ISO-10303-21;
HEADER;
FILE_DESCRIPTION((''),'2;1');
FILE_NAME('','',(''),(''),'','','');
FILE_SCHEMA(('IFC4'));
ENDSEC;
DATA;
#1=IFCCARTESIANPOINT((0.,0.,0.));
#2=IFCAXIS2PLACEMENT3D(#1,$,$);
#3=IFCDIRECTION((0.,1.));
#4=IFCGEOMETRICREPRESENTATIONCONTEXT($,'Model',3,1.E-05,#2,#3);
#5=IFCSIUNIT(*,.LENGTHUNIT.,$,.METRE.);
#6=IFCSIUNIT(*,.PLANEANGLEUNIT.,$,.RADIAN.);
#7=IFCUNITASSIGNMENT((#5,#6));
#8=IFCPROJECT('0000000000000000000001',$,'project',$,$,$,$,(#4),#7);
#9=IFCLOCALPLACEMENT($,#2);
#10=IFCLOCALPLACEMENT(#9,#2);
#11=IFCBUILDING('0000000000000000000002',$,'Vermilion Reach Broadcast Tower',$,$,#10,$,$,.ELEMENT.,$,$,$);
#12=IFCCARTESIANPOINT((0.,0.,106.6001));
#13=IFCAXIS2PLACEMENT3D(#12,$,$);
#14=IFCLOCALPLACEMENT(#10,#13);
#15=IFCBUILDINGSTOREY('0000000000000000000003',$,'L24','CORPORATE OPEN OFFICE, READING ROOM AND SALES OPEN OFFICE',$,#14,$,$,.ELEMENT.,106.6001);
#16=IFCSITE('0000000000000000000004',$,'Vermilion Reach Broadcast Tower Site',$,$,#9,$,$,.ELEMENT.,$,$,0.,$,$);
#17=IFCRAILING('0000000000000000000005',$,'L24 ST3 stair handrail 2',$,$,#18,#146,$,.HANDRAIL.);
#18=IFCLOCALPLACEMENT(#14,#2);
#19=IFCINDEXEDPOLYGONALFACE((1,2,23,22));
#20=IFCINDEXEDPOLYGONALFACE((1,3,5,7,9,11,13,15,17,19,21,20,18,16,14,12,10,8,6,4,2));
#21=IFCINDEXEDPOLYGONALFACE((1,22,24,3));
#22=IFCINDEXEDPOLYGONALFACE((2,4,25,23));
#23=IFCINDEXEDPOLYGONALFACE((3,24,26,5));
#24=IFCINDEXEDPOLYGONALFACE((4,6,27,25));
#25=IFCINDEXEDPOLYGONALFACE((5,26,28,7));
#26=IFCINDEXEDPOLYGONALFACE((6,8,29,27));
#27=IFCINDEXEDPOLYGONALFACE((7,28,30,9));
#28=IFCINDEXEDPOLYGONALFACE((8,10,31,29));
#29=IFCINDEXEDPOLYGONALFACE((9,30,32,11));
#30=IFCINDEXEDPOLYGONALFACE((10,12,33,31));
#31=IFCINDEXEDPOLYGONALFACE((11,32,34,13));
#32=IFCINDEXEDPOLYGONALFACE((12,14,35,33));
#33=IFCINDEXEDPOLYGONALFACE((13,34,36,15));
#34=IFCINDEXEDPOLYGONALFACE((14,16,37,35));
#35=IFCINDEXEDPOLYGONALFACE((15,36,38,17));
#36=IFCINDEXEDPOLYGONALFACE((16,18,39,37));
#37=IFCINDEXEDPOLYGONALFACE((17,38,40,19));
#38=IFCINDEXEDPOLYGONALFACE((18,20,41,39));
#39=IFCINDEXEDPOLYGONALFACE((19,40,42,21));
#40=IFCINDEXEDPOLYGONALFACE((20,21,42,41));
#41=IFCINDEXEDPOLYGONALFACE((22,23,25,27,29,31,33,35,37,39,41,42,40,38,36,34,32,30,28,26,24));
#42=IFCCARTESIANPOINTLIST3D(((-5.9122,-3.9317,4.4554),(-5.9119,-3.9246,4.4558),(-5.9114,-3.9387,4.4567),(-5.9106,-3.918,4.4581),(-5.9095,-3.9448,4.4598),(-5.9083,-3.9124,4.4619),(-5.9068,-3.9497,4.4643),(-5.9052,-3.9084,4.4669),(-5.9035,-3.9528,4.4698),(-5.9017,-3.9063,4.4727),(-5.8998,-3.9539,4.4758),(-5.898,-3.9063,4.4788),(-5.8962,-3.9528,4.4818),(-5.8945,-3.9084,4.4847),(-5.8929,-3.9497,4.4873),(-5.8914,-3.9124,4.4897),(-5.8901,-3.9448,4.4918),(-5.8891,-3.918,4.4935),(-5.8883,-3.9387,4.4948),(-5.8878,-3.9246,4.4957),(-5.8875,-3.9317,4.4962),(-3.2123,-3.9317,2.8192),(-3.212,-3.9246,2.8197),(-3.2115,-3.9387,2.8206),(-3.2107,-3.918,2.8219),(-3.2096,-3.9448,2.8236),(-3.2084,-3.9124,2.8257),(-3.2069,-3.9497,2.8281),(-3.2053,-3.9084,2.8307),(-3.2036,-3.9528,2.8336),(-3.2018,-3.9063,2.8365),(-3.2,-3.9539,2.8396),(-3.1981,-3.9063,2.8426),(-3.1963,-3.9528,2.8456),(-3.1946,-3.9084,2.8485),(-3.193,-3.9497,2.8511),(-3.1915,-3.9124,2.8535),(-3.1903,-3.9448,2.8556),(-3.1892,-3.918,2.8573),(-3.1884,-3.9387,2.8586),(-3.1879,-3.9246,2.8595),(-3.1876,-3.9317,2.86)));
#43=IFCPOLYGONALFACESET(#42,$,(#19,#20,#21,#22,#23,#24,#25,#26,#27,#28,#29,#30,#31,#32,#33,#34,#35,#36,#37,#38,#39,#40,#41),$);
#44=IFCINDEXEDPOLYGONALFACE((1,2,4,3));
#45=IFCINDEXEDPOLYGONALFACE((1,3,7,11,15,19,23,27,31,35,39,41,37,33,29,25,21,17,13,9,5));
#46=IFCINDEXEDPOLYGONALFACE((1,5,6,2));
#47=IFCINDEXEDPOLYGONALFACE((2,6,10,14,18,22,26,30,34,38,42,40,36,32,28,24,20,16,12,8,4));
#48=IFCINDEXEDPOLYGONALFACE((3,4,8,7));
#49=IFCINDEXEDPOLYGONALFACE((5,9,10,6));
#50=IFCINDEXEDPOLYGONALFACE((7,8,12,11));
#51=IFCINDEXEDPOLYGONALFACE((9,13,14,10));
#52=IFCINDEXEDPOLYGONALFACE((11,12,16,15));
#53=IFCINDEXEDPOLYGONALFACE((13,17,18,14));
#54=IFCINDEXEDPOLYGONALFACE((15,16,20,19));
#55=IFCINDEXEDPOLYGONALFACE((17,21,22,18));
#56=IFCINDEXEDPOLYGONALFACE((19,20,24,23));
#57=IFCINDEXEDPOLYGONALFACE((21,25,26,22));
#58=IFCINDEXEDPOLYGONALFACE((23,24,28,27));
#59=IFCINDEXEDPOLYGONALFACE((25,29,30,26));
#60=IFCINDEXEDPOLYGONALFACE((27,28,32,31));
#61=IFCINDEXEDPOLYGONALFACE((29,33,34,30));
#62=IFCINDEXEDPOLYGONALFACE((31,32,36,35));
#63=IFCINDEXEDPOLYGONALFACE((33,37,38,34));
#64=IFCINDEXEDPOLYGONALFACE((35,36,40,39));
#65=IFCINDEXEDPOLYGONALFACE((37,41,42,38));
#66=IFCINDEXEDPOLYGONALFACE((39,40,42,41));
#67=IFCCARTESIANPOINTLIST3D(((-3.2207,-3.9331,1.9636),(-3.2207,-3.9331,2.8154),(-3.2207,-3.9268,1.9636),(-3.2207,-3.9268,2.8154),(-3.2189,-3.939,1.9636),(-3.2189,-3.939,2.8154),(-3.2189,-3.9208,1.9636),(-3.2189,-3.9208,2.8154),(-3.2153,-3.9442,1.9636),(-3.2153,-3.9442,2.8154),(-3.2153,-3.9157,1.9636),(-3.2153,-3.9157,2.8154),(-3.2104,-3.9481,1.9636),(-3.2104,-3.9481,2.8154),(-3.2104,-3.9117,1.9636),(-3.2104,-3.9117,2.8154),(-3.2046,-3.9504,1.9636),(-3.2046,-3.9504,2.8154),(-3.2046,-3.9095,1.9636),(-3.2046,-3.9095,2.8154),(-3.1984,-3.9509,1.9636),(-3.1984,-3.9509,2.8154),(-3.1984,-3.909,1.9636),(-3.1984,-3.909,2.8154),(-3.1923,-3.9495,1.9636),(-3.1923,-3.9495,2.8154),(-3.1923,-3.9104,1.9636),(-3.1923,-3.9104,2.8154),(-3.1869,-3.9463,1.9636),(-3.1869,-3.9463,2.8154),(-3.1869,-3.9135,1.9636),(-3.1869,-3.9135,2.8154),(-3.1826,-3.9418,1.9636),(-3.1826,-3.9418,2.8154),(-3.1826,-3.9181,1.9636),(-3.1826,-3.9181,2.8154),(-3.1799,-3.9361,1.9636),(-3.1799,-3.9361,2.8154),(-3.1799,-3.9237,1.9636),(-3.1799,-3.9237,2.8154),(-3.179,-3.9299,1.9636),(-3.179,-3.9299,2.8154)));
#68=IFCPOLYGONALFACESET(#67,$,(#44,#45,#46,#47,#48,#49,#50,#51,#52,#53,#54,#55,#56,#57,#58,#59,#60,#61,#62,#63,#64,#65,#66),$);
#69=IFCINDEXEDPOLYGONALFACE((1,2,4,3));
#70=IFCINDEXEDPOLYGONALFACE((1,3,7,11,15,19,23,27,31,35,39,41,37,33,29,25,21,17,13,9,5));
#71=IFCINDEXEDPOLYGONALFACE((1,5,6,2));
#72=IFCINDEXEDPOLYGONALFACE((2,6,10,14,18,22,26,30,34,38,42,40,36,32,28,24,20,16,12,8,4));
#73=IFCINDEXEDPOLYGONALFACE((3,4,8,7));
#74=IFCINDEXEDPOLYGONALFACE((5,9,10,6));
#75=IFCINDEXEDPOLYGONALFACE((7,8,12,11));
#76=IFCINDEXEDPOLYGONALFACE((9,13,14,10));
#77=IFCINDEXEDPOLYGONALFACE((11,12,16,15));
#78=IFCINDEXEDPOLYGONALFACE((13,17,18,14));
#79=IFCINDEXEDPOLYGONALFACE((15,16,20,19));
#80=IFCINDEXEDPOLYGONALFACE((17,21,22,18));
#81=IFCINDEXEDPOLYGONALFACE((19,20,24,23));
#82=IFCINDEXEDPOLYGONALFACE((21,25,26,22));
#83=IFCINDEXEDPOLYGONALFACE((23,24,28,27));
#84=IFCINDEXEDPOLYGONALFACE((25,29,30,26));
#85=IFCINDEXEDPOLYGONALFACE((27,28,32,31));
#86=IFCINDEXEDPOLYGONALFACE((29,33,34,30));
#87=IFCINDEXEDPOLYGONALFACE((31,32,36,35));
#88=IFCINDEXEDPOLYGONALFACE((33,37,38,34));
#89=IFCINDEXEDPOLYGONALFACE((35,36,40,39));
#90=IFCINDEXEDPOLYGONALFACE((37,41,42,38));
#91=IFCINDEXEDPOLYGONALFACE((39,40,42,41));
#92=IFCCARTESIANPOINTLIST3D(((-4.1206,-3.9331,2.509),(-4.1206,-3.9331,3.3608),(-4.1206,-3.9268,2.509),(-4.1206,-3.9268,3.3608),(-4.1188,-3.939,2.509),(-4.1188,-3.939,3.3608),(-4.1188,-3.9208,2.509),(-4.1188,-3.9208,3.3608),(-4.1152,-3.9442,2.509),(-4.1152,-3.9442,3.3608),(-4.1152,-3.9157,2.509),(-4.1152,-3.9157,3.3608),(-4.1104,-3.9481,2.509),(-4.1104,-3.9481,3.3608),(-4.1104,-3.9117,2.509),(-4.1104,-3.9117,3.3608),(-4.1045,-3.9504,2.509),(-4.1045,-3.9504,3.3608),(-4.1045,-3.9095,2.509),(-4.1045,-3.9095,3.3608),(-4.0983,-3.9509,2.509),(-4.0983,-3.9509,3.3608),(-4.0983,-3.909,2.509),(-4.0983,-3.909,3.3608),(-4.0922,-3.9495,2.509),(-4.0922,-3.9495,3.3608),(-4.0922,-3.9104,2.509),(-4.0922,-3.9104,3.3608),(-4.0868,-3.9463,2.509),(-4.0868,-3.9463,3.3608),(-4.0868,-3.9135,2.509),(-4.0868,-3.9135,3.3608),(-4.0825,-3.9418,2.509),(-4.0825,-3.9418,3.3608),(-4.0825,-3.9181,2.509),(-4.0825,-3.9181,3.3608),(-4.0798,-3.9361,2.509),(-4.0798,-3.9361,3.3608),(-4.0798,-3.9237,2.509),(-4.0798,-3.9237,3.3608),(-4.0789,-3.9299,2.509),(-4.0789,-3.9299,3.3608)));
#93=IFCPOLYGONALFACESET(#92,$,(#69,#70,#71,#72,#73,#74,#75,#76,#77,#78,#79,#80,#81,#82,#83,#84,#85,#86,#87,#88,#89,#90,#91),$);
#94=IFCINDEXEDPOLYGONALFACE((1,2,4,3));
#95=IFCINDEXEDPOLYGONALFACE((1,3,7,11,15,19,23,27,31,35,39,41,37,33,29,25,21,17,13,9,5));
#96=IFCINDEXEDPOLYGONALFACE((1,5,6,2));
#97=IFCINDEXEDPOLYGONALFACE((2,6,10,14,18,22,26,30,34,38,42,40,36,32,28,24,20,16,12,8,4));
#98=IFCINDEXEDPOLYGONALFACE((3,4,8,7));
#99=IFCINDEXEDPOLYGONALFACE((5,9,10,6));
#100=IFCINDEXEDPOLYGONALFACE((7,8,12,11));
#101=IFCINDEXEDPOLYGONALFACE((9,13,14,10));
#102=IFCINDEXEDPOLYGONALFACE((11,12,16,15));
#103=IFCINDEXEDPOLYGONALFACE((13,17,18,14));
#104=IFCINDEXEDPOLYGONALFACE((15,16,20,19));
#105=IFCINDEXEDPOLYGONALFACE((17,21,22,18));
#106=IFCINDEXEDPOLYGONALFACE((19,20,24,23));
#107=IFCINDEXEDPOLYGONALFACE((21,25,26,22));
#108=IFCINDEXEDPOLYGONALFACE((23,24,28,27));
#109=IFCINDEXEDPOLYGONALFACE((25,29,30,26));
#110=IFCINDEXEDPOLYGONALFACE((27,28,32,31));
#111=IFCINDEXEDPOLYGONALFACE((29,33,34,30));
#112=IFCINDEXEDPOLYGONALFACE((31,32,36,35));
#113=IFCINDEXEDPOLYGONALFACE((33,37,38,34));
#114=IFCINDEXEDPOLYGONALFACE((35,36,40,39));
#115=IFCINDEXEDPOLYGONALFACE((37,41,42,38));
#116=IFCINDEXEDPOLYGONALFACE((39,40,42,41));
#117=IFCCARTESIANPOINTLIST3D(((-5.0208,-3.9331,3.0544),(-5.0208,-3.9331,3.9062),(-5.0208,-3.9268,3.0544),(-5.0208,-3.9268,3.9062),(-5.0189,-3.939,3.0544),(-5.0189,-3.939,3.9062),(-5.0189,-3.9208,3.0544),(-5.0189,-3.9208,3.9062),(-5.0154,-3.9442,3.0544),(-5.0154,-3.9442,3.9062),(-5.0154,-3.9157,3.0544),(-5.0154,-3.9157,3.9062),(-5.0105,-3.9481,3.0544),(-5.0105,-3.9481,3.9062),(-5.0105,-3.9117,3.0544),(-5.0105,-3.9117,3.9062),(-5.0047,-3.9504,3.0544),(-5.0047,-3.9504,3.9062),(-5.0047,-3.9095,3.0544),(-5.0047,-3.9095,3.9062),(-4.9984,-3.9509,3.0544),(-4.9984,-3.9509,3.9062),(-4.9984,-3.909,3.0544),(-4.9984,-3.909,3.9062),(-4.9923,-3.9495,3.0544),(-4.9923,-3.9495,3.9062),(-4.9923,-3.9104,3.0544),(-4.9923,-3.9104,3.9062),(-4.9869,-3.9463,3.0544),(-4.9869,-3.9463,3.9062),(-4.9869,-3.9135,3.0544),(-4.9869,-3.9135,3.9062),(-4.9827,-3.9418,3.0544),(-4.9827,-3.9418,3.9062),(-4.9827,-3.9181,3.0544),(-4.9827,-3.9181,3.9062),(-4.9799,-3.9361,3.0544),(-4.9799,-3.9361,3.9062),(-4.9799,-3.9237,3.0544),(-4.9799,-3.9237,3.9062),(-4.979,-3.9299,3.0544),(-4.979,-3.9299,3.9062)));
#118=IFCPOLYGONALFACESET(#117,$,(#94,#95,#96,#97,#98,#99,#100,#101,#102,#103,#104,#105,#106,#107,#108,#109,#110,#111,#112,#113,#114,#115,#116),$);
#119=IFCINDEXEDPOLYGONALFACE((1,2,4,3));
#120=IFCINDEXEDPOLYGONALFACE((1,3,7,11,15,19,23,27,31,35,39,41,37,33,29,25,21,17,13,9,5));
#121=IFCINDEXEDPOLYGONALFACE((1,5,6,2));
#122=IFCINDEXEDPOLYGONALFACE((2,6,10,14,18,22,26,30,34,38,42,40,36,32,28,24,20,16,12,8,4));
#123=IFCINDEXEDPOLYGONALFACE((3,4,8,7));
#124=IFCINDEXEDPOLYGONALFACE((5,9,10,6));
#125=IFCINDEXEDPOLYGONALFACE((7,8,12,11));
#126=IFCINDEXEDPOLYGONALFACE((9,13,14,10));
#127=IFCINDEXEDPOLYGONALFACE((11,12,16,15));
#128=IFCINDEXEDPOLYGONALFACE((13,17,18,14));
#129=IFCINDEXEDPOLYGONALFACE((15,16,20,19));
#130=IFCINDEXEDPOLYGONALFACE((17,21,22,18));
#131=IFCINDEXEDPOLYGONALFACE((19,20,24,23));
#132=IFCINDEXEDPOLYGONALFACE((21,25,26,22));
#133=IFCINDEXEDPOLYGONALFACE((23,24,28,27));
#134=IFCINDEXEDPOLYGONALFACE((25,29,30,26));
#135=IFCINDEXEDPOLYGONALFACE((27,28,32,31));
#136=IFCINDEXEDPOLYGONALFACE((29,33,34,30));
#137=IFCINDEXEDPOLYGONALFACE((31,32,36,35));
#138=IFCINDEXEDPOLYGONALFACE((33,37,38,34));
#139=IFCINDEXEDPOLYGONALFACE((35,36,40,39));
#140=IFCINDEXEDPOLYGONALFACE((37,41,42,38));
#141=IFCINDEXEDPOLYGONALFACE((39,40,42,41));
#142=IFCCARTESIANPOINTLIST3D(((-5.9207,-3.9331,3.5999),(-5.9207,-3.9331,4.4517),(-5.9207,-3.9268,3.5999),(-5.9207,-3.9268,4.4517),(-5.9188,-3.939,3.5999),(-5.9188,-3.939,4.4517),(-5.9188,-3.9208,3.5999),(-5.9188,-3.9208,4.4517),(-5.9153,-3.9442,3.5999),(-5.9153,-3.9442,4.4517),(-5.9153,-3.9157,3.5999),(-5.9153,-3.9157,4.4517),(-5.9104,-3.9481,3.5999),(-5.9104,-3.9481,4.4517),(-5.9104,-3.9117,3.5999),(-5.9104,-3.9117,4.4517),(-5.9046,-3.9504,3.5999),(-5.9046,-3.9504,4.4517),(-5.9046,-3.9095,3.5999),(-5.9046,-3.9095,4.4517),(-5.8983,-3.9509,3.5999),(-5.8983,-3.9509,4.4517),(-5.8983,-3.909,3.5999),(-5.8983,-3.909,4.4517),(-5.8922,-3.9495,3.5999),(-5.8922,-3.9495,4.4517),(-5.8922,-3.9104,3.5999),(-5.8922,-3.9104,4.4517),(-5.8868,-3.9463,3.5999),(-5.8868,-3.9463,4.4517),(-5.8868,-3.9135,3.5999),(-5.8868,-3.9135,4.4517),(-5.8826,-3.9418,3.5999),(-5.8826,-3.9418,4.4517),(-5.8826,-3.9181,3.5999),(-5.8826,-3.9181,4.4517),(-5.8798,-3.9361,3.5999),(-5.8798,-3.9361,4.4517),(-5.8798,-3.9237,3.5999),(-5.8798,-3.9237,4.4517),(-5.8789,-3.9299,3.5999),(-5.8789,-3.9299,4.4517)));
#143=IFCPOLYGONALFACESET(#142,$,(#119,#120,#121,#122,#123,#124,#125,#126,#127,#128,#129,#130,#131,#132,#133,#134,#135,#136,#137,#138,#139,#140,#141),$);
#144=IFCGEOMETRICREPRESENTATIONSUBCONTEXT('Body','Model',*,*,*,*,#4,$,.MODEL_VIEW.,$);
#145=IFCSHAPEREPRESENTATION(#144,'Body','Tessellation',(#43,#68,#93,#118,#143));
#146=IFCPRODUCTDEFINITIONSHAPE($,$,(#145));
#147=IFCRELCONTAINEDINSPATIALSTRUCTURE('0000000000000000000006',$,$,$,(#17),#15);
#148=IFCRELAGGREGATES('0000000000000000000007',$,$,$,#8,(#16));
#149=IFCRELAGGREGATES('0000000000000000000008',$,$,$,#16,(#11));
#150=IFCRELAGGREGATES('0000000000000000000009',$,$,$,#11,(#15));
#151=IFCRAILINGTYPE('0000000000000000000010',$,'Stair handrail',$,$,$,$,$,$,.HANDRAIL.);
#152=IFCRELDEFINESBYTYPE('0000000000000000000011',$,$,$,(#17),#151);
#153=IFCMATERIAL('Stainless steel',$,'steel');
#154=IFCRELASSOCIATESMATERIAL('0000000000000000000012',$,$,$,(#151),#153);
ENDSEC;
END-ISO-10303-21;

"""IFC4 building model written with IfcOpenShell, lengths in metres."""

from ifc_helpers import new_model, si_unit, direction, frame, origin, origin_2d, place, context, subcontext, project, spatial, circle, extrude, material, type_object, element, save


model = new_model("IFC4")

# Units and contexts
model_context = context("Model", 3, precision=1e-05, world=origin(), true_north=direction((0.0, 1.0)))
body_context = subcontext(model_context, "Body", "Model", "MODEL_VIEW")
ifc_project = project(units=[si_unit("LENGTHUNIT", "METRE"), si_unit("PLANEANGLEUNIT", "RADIAN")], contexts=[model_context])

# Site, building, storey
site_placement = place(None, origin())
site = spatial("IfcSite", under=ifc_project, at=site_placement, Name="Vermilion Reach Broadcast Tower Site", CompositionType="ELEMENT", RefElevation=0.0)
building_placement = place(site_placement, origin())
building = spatial("IfcBuilding", under=site, at=building_placement, Name="Vermilion Reach Broadcast Tower", CompositionType="ELEMENT")
storey_placement = place(building_placement, frame((0.0, 0.0, 106.6001)))
storey = spatial("IfcBuildingStorey", under=building, at=storey_placement, Name="L24", Description="CORPORATE OPEN OFFICE, READING ROOM AND SALES OPEN OFFICE", CompositionType="ELEMENT", Elevation=106.6001)

# Railing
ifc_material_1 = material(Name="Stainless steel", Category="steel")
railing_type_1 = type_object("IfcRailingType", Name="Stair handrail", PredefinedType="HANDRAIL", material=ifc_material_1)
railing_1_placement = place(storey_placement, frame((-3.2, -3.9299, 1.9636)))
element("IfcRailing", 1, at=railing_1_placement, inside=storey, type_object=railing_type_1, Name="L24 ST3 stair handrail 2", PredefinedType="HANDRAIL", context=body_context, shape_type="SweptSolid", body=[
    extrude(circle(Radius=0.0239, at=origin_2d()), frame((0.0, 0.0, 0.876), z_axis=(-0.855212, 0.0, 0.518278), x_axis=(0.0, -1.0, 0.0)), (0.0, 0.0, 1.0), 3.157),
    extrude(circle(Radius=0.021, at=origin_2d()), origin(), (0.0, 0.0, 1.0), 0.8518),
    extrude(circle(Radius=0.021, at=origin_2d()), frame((-0.8999, 0.0, 0.5454)), (0.0, 0.0, 1.0), 0.8518),
    extrude(circle(Radius=0.021, at=origin_2d()), frame((-1.8, 0.0, 1.0908)), (0.0, 0.0, 1.0), 0.8518),
    extrude(circle(Radius=0.021, at=origin_2d()), frame((-2.7, 0.0, 1.6362)), (0.0, 0.0, 1.0), 0.8518),
])

save(model, "model.ifc")
